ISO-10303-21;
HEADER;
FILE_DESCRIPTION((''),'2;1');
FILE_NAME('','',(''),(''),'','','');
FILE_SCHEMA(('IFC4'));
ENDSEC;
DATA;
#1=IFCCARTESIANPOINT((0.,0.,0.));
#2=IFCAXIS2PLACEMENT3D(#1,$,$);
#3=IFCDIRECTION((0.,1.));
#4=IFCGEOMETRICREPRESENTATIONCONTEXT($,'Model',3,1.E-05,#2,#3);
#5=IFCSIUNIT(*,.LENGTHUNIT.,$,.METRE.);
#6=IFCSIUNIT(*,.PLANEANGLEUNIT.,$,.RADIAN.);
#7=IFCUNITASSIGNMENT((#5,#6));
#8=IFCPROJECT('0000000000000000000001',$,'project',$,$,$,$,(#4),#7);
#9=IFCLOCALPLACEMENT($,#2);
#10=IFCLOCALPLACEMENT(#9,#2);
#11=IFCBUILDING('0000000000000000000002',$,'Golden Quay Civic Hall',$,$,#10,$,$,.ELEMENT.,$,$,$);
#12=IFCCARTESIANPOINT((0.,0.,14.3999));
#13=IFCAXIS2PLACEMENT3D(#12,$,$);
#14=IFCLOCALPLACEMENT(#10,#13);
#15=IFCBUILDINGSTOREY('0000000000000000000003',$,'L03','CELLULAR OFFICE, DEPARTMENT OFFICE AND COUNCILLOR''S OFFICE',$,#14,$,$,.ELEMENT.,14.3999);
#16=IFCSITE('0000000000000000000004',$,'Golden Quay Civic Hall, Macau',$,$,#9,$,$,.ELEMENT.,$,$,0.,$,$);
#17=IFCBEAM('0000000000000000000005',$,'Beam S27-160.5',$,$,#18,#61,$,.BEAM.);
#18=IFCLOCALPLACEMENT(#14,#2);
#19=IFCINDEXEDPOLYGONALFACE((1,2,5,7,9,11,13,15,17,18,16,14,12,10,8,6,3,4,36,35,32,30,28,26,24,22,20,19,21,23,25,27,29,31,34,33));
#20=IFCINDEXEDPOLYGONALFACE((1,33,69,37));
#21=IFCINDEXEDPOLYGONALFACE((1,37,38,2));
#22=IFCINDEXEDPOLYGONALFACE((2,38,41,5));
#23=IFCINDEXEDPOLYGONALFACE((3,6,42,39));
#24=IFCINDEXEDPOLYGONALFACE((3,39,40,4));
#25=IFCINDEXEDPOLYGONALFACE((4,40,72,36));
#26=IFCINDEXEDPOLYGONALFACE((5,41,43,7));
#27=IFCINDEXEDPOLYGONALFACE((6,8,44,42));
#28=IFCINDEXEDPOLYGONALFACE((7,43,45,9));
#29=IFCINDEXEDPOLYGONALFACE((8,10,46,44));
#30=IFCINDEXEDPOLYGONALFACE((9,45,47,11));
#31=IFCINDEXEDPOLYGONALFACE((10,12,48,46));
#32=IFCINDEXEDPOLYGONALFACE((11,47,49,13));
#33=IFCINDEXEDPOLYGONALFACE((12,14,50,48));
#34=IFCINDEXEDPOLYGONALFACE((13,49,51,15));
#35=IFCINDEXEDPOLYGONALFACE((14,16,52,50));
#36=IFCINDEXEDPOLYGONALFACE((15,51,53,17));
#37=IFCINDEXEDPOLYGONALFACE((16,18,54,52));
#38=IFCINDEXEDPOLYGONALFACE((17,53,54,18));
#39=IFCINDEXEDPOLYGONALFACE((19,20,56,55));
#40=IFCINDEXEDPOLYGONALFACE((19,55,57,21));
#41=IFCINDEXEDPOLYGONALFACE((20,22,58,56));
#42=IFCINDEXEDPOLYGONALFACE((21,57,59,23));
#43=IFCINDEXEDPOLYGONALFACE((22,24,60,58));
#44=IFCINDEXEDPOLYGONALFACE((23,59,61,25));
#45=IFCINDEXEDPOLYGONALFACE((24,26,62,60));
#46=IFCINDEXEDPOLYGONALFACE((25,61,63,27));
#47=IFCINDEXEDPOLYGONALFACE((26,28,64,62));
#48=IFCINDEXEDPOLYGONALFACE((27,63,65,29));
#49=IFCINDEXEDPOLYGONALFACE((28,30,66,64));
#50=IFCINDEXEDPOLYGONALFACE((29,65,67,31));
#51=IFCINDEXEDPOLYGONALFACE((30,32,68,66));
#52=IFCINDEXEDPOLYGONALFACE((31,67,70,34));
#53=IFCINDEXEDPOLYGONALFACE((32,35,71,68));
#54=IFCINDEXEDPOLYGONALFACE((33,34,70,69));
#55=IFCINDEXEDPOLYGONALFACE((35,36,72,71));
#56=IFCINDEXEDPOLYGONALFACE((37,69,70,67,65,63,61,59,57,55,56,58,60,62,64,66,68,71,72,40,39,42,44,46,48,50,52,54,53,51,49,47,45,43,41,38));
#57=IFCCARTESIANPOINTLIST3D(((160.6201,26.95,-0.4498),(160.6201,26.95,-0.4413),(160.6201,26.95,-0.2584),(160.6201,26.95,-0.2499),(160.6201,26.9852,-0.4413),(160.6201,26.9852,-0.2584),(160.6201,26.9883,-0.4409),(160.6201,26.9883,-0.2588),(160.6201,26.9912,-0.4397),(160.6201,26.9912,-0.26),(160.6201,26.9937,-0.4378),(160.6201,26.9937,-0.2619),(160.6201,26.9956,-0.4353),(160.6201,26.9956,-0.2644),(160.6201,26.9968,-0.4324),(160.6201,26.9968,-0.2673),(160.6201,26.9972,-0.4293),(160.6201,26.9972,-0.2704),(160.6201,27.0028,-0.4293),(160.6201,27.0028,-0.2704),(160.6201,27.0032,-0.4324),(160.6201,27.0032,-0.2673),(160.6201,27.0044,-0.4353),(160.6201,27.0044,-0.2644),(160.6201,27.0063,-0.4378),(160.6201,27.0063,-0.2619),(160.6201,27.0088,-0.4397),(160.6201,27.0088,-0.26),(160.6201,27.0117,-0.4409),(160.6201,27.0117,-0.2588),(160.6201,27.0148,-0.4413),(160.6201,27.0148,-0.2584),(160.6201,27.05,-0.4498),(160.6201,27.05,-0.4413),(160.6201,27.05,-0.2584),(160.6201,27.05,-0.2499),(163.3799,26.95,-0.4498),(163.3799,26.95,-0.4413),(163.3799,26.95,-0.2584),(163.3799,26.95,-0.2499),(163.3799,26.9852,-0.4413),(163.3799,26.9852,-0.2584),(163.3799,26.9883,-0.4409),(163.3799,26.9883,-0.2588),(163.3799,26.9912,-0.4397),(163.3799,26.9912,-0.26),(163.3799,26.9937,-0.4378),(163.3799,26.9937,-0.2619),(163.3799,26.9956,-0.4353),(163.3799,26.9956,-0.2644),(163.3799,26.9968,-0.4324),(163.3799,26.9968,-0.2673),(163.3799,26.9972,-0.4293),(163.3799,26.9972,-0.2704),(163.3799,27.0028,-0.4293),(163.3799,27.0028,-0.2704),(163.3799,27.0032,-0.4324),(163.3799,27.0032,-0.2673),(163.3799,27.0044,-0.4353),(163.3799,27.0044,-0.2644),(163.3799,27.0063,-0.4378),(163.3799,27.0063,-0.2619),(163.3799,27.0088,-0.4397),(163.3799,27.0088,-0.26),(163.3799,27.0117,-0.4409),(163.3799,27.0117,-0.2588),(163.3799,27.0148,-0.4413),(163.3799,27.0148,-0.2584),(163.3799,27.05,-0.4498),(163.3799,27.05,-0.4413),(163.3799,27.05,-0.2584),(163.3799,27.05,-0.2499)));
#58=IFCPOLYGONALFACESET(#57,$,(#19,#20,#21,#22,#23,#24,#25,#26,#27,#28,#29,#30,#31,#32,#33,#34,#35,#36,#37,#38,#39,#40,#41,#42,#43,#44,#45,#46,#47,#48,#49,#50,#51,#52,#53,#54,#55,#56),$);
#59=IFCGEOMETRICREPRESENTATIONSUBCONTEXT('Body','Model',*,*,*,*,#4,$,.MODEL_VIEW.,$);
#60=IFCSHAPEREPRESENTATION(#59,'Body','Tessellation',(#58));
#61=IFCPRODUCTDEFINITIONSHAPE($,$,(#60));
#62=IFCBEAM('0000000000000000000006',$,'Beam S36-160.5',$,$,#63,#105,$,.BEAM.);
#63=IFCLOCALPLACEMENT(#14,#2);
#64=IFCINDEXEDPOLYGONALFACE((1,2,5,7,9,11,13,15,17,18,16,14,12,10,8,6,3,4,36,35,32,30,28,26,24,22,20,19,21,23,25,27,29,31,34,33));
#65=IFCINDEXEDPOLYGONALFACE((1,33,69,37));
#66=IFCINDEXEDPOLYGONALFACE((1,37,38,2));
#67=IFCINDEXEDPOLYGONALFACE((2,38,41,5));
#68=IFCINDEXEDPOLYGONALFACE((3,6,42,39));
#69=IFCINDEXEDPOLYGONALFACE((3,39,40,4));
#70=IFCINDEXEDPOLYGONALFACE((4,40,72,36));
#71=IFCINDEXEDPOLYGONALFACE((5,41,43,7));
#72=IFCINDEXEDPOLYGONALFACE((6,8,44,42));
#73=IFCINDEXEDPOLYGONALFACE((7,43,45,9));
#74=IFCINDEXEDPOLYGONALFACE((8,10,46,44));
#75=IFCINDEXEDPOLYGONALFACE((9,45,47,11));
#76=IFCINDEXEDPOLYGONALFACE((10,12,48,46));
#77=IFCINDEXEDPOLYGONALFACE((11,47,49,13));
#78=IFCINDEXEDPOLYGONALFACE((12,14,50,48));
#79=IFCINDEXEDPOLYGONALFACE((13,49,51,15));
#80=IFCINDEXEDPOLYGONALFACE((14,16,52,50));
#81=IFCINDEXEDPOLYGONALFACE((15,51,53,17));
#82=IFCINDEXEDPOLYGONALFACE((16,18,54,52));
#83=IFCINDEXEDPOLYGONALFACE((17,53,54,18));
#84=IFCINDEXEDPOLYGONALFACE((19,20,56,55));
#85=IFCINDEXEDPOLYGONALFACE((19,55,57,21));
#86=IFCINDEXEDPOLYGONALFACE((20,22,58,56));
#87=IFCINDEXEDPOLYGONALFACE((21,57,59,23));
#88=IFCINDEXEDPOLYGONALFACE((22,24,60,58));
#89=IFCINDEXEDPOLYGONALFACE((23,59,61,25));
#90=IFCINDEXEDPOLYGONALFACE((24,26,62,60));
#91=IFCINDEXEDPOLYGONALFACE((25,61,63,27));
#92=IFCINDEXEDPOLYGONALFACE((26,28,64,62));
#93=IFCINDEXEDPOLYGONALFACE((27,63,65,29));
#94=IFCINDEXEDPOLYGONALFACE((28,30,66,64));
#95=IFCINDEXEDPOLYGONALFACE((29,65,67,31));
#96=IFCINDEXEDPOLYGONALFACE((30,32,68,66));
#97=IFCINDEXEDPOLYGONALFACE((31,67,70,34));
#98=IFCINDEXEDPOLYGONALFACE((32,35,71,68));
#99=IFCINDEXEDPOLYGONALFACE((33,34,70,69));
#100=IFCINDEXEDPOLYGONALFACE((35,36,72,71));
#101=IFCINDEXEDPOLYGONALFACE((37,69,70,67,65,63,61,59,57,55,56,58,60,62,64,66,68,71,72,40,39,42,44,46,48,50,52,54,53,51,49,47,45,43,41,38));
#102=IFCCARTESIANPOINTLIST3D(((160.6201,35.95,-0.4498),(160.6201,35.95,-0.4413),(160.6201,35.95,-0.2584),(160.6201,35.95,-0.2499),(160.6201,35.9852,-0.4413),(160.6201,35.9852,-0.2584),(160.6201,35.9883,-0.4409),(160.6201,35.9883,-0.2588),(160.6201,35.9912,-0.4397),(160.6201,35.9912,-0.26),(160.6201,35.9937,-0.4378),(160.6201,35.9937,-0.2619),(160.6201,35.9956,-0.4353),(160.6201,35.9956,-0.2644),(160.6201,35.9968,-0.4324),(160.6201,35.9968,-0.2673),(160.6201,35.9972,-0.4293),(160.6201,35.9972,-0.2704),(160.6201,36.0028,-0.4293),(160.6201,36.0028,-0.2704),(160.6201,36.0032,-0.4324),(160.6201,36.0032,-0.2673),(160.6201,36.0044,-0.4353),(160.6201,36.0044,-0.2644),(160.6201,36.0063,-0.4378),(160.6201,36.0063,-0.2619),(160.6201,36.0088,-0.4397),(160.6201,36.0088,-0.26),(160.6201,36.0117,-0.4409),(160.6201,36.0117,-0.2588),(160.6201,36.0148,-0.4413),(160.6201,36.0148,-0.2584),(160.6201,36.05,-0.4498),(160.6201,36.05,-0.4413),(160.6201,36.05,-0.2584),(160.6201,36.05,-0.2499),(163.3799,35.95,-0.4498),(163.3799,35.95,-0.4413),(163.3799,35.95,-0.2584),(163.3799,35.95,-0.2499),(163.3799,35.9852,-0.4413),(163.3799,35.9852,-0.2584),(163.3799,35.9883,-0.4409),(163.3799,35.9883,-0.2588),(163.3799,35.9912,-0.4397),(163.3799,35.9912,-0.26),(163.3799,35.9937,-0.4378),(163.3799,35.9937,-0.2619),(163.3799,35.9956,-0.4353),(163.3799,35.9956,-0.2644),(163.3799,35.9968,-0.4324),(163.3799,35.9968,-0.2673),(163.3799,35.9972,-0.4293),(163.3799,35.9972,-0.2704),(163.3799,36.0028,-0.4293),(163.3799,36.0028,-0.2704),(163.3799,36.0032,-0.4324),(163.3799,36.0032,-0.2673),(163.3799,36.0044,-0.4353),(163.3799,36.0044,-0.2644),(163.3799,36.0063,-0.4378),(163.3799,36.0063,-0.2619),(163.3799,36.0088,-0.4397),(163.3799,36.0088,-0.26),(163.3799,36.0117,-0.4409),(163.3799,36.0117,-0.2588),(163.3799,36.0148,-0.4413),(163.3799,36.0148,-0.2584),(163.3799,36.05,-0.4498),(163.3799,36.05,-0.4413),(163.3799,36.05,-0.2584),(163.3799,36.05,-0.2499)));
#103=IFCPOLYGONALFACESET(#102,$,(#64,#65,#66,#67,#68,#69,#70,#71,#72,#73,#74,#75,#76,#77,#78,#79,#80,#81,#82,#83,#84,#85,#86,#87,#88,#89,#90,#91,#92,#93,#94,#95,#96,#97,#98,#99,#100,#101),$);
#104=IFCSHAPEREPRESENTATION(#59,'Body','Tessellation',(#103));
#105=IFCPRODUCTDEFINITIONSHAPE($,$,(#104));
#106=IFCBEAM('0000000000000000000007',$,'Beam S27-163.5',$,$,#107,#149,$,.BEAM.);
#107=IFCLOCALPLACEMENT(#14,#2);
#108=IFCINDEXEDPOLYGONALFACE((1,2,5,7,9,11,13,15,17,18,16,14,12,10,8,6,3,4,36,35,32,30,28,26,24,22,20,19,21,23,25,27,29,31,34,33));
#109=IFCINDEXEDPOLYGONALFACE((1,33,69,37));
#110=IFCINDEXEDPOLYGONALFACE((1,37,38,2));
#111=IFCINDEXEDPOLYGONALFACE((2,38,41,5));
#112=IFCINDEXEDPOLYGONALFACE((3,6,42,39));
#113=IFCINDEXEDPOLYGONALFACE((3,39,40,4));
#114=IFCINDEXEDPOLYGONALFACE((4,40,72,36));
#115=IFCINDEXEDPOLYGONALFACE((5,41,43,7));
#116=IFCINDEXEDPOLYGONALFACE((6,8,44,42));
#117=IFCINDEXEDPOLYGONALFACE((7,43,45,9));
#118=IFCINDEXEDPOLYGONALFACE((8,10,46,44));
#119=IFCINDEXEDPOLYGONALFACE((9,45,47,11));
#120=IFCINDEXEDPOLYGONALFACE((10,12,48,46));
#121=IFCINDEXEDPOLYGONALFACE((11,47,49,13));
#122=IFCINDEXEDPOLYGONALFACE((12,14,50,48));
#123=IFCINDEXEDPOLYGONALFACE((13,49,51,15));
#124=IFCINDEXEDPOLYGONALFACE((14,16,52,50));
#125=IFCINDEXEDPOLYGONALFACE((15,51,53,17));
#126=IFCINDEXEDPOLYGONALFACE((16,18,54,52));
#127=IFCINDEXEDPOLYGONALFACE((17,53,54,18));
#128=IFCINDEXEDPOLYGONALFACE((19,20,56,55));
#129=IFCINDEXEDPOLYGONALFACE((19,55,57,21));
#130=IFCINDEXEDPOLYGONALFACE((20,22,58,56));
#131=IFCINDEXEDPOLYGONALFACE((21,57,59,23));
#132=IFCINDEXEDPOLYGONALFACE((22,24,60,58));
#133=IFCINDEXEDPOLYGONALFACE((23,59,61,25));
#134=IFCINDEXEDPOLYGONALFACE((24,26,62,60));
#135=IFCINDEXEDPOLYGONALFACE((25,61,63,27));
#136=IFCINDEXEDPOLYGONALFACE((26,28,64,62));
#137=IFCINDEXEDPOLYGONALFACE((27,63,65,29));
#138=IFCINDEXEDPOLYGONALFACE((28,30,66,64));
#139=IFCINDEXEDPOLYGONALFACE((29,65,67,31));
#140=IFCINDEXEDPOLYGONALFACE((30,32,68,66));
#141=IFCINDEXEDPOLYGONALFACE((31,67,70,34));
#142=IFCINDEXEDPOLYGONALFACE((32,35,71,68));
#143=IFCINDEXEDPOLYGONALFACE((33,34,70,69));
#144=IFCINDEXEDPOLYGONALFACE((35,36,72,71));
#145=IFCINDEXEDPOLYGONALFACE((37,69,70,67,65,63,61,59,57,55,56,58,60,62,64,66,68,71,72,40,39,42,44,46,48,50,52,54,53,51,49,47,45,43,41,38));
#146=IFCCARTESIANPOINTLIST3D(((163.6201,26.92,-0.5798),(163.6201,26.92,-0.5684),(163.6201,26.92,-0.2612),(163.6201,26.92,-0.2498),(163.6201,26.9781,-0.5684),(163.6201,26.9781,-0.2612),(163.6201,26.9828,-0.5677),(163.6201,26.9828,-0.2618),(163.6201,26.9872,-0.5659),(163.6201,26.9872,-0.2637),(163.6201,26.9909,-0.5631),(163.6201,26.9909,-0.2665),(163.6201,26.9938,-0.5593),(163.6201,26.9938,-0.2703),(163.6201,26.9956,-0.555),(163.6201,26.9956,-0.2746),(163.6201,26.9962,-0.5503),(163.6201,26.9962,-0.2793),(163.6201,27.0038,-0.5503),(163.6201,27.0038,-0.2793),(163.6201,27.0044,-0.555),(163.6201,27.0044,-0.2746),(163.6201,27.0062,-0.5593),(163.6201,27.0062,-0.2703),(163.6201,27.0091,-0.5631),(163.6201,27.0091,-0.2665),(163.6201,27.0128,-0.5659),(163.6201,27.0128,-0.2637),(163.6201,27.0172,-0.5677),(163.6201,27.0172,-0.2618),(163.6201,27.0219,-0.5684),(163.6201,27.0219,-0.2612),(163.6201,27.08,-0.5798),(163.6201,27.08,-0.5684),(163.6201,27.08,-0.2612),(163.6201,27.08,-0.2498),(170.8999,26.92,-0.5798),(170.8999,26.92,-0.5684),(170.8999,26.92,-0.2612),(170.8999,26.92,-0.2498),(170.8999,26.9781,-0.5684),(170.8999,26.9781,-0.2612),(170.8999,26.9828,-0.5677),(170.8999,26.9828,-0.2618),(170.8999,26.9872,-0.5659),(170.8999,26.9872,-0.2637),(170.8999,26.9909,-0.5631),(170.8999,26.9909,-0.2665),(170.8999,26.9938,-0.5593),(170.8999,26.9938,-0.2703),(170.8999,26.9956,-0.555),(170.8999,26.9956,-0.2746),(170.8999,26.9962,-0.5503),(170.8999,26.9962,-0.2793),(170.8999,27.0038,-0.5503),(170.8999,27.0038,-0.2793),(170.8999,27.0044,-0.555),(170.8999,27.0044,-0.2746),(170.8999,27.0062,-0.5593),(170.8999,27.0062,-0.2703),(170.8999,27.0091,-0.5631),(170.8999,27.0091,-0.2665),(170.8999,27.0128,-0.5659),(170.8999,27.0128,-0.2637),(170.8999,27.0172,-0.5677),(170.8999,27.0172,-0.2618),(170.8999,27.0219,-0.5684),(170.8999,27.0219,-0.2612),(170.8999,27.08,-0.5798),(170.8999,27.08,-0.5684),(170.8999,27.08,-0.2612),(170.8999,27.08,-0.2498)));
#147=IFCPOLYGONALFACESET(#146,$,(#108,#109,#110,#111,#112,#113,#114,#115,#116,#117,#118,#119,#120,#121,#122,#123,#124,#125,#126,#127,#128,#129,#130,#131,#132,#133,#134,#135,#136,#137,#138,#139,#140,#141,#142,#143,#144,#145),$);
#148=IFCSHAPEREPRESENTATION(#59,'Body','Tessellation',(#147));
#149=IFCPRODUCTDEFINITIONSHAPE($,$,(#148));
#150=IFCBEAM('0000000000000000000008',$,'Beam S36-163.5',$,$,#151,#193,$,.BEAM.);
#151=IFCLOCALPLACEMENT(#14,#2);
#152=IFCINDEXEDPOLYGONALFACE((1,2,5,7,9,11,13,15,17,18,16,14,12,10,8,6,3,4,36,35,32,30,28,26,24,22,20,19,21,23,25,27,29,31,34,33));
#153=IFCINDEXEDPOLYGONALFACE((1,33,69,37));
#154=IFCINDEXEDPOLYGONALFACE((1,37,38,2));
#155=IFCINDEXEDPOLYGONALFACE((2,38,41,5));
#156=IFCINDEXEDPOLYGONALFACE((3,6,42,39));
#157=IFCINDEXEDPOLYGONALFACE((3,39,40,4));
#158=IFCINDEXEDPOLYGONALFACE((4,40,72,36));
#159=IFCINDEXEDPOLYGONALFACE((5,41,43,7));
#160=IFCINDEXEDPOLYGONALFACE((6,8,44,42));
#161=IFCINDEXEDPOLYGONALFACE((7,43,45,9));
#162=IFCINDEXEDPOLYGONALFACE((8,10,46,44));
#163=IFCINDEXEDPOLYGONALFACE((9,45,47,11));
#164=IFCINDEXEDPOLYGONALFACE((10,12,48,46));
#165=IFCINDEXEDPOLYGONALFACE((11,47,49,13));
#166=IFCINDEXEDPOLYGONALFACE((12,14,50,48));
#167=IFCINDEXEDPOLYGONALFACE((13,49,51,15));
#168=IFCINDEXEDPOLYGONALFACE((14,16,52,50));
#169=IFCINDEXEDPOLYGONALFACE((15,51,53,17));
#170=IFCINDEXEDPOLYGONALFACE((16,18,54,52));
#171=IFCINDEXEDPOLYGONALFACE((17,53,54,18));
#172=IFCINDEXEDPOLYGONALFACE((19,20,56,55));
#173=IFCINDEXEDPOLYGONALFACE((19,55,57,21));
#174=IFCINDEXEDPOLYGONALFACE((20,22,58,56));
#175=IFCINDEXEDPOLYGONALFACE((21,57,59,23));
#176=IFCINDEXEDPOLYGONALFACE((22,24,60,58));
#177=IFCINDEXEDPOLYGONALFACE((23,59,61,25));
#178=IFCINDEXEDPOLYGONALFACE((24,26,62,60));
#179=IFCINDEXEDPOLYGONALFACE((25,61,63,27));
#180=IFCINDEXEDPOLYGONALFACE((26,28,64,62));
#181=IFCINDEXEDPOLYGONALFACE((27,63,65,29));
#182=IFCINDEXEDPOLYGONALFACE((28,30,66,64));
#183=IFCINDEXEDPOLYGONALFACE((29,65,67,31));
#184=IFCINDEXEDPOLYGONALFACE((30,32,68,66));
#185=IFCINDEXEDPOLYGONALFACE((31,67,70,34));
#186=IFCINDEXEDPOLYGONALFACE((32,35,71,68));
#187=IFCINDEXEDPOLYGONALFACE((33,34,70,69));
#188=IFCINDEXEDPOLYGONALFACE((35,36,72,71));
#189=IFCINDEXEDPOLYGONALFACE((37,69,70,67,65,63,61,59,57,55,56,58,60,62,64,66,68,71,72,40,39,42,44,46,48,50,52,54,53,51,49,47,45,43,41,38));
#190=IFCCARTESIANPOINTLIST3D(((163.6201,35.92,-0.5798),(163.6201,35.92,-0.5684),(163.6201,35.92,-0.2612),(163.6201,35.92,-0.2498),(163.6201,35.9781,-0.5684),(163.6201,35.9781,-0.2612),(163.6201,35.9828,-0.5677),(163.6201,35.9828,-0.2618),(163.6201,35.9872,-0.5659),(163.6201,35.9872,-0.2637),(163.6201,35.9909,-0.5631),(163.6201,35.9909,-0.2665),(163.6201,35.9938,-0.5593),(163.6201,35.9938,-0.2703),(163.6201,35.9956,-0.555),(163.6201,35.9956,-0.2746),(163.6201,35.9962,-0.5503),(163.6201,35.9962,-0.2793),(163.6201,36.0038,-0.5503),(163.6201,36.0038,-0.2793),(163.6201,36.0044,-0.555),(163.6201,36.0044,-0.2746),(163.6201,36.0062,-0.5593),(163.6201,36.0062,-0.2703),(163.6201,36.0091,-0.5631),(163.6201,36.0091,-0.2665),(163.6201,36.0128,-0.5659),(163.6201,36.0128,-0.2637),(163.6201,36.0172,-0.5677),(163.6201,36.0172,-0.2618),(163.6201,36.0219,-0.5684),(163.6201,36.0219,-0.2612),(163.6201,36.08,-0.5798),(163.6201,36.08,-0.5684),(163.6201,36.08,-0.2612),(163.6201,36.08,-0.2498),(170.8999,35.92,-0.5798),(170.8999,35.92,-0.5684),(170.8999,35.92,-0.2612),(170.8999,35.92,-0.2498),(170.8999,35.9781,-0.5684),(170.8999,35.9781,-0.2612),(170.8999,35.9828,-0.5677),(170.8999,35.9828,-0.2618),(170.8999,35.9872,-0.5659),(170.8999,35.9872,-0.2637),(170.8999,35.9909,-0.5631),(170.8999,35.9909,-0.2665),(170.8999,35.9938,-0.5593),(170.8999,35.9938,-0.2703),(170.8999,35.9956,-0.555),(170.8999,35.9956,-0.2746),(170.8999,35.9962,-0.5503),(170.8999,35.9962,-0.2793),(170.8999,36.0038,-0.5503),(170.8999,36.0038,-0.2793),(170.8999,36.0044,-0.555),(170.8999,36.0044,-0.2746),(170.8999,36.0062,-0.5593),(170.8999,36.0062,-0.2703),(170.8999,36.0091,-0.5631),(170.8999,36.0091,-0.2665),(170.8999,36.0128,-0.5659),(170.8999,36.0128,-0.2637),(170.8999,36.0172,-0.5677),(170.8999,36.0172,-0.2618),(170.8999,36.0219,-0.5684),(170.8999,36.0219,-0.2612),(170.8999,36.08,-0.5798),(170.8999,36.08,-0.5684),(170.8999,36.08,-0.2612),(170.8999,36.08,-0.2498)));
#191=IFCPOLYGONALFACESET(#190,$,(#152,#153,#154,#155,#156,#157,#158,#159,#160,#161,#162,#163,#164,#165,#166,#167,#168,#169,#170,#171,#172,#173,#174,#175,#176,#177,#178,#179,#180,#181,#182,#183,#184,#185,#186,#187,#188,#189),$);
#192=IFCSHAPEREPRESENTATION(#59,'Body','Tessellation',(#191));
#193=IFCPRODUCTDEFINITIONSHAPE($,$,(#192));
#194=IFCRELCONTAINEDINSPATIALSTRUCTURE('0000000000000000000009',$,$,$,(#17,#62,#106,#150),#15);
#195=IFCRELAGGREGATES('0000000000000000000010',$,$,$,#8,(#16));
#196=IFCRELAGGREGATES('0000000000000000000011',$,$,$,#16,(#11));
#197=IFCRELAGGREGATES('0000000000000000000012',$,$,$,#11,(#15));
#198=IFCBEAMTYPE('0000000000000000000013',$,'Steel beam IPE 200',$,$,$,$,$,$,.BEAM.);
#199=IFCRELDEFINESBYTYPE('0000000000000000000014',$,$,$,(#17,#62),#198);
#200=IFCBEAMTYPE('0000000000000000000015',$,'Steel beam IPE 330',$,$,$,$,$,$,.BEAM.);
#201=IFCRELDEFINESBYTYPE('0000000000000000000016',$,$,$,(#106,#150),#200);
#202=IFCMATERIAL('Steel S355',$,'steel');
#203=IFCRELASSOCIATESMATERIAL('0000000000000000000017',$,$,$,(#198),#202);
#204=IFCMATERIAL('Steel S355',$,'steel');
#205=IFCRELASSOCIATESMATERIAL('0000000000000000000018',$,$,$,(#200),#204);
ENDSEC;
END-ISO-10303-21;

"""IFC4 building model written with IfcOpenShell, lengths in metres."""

from ifc_helpers import new_model, si_unit, direction, frame, origin, origin_2d, place, context, subcontext, project, spatial, i_section, extrude, material, material_profile, profile_set, type_object, element, save


model = new_model("IFC4")

# Units and contexts
model_context = context("Model", 3, precision=1e-05, world=origin(), true_north=direction((0.0, 1.0)))
body_context = subcontext(model_context, "Body", "Model", "MODEL_VIEW")
ifc_project = project(units=[si_unit("LENGTHUNIT", "METRE"), si_unit("PLANEANGLEUNIT", "RADIAN")], contexts=[model_context])

# Site, building, storey
site_placement = place(None, origin())
site = spatial("IfcSite", under=ifc_project, at=site_placement, Name="Golden Quay Civic Hall, Macau", CompositionType="ELEMENT", RefElevation=0.0)
building_placement = place(site_placement, origin())
building = spatial("IfcBuilding", under=site, at=building_placement, Name="Golden Quay Civic Hall", CompositionType="ELEMENT")
storey_placement = place(building_placement, frame((0.0, 0.0, 14.3999)))
storey = spatial("IfcBuildingStorey", under=building, at=storey_placement, Name="L03", Description="CELLULAR OFFICE, DEPARTMENT OFFICE AND COUNCILLOR'S OFFICE", CompositionType="ELEMENT", Elevation=14.3999)

# Beams
ifc_material_1 = material(Name="Steel S355", Category="steel")
ifc_material_profile_1 = material_profile(ifc_material_1, i_section(OverallWidth=0.1001, OverallDepth=0.2, WebThickness=0.0056, FlangeThickness=0.0085, FilletRadius=0.012, at=origin_2d()), Name="IPE 200")
ifc_profile_set_1 = profile_set([ifc_material_profile_1], Name="Steel S355")
beam_type_1 = type_object("IfcBeamType", Name="Steel beam IPE 200", PredefinedType="BEAM", material=ifc_profile_set_1)
for number, where, z_axis, x_axis, name in (
    (1, (160.6201, 27.0, -0.3499), (1.0, 0.0, 0.0), (0.0, 1.0, 0.0), "Beam S27-160.5"),
    (2, (160.6201, 36.0, -0.3499), (1.0, 0.0, 0.0), (0.0, 1.0, 0.0), "Beam S36-160.5"),
):
    element("IfcBeam", number, at=place(storey_placement, frame(where, z_axis=z_axis, x_axis=x_axis)), inside=storey, type_object=beam_type_1, Name=name, PredefinedType="BEAM", context=body_context, shape_type="SweptSolid", body=[
        extrude(i_section(OverallWidth=0.1001, OverallDepth=0.2, WebThickness=0.0056, FlangeThickness=0.0085, FilletRadius=0.012, at=origin_2d()), origin(), (0.0, 0.0, 1.0), 2.7598),
    ])
ifc_material_2 = material(Name="Steel S355", Category="steel")
ifc_material_profile_2 = material_profile(ifc_material_2, i_section(OverallWidth=0.1599, OverallDepth=0.3301, WebThickness=0.0076, FlangeThickness=0.0115, FilletRadius=0.0181, at=origin_2d()), Name="IPE 330")
ifc_profile_set_2 = profile_set([ifc_material_profile_2], Name="Steel S355")
beam_type_2 = type_object("IfcBeamType", Name="Steel beam IPE 330", PredefinedType="BEAM", material=ifc_profile_set_2)
for number, where, z_axis, x_axis, name in (
    (3, (163.6201, 27.0, -0.4148), (1.0, 0.0, 0.0), (0.0, 1.0, 0.0), "Beam S27-163.5"),
    (4, (163.6201, 36.0, -0.4148), (1.0, 0.0, 0.0), (0.0, 1.0, 0.0), "Beam S36-163.5"),
):
    element("IfcBeam", number, at=place(storey_placement, frame(where, z_axis=z_axis, x_axis=x_axis)), inside=storey, type_object=beam_type_2, Name=name, PredefinedType="BEAM", context=body_context, shape_type="SweptSolid", body=[
        extrude(i_section(OverallWidth=0.1599, OverallDepth=0.3301, WebThickness=0.0076, FlangeThickness=0.0115, FilletRadius=0.0181, at=origin_2d()), origin(), (0.0, 0.0, 1.0), 7.2798),
    ])

save(model, "model.ifc")
